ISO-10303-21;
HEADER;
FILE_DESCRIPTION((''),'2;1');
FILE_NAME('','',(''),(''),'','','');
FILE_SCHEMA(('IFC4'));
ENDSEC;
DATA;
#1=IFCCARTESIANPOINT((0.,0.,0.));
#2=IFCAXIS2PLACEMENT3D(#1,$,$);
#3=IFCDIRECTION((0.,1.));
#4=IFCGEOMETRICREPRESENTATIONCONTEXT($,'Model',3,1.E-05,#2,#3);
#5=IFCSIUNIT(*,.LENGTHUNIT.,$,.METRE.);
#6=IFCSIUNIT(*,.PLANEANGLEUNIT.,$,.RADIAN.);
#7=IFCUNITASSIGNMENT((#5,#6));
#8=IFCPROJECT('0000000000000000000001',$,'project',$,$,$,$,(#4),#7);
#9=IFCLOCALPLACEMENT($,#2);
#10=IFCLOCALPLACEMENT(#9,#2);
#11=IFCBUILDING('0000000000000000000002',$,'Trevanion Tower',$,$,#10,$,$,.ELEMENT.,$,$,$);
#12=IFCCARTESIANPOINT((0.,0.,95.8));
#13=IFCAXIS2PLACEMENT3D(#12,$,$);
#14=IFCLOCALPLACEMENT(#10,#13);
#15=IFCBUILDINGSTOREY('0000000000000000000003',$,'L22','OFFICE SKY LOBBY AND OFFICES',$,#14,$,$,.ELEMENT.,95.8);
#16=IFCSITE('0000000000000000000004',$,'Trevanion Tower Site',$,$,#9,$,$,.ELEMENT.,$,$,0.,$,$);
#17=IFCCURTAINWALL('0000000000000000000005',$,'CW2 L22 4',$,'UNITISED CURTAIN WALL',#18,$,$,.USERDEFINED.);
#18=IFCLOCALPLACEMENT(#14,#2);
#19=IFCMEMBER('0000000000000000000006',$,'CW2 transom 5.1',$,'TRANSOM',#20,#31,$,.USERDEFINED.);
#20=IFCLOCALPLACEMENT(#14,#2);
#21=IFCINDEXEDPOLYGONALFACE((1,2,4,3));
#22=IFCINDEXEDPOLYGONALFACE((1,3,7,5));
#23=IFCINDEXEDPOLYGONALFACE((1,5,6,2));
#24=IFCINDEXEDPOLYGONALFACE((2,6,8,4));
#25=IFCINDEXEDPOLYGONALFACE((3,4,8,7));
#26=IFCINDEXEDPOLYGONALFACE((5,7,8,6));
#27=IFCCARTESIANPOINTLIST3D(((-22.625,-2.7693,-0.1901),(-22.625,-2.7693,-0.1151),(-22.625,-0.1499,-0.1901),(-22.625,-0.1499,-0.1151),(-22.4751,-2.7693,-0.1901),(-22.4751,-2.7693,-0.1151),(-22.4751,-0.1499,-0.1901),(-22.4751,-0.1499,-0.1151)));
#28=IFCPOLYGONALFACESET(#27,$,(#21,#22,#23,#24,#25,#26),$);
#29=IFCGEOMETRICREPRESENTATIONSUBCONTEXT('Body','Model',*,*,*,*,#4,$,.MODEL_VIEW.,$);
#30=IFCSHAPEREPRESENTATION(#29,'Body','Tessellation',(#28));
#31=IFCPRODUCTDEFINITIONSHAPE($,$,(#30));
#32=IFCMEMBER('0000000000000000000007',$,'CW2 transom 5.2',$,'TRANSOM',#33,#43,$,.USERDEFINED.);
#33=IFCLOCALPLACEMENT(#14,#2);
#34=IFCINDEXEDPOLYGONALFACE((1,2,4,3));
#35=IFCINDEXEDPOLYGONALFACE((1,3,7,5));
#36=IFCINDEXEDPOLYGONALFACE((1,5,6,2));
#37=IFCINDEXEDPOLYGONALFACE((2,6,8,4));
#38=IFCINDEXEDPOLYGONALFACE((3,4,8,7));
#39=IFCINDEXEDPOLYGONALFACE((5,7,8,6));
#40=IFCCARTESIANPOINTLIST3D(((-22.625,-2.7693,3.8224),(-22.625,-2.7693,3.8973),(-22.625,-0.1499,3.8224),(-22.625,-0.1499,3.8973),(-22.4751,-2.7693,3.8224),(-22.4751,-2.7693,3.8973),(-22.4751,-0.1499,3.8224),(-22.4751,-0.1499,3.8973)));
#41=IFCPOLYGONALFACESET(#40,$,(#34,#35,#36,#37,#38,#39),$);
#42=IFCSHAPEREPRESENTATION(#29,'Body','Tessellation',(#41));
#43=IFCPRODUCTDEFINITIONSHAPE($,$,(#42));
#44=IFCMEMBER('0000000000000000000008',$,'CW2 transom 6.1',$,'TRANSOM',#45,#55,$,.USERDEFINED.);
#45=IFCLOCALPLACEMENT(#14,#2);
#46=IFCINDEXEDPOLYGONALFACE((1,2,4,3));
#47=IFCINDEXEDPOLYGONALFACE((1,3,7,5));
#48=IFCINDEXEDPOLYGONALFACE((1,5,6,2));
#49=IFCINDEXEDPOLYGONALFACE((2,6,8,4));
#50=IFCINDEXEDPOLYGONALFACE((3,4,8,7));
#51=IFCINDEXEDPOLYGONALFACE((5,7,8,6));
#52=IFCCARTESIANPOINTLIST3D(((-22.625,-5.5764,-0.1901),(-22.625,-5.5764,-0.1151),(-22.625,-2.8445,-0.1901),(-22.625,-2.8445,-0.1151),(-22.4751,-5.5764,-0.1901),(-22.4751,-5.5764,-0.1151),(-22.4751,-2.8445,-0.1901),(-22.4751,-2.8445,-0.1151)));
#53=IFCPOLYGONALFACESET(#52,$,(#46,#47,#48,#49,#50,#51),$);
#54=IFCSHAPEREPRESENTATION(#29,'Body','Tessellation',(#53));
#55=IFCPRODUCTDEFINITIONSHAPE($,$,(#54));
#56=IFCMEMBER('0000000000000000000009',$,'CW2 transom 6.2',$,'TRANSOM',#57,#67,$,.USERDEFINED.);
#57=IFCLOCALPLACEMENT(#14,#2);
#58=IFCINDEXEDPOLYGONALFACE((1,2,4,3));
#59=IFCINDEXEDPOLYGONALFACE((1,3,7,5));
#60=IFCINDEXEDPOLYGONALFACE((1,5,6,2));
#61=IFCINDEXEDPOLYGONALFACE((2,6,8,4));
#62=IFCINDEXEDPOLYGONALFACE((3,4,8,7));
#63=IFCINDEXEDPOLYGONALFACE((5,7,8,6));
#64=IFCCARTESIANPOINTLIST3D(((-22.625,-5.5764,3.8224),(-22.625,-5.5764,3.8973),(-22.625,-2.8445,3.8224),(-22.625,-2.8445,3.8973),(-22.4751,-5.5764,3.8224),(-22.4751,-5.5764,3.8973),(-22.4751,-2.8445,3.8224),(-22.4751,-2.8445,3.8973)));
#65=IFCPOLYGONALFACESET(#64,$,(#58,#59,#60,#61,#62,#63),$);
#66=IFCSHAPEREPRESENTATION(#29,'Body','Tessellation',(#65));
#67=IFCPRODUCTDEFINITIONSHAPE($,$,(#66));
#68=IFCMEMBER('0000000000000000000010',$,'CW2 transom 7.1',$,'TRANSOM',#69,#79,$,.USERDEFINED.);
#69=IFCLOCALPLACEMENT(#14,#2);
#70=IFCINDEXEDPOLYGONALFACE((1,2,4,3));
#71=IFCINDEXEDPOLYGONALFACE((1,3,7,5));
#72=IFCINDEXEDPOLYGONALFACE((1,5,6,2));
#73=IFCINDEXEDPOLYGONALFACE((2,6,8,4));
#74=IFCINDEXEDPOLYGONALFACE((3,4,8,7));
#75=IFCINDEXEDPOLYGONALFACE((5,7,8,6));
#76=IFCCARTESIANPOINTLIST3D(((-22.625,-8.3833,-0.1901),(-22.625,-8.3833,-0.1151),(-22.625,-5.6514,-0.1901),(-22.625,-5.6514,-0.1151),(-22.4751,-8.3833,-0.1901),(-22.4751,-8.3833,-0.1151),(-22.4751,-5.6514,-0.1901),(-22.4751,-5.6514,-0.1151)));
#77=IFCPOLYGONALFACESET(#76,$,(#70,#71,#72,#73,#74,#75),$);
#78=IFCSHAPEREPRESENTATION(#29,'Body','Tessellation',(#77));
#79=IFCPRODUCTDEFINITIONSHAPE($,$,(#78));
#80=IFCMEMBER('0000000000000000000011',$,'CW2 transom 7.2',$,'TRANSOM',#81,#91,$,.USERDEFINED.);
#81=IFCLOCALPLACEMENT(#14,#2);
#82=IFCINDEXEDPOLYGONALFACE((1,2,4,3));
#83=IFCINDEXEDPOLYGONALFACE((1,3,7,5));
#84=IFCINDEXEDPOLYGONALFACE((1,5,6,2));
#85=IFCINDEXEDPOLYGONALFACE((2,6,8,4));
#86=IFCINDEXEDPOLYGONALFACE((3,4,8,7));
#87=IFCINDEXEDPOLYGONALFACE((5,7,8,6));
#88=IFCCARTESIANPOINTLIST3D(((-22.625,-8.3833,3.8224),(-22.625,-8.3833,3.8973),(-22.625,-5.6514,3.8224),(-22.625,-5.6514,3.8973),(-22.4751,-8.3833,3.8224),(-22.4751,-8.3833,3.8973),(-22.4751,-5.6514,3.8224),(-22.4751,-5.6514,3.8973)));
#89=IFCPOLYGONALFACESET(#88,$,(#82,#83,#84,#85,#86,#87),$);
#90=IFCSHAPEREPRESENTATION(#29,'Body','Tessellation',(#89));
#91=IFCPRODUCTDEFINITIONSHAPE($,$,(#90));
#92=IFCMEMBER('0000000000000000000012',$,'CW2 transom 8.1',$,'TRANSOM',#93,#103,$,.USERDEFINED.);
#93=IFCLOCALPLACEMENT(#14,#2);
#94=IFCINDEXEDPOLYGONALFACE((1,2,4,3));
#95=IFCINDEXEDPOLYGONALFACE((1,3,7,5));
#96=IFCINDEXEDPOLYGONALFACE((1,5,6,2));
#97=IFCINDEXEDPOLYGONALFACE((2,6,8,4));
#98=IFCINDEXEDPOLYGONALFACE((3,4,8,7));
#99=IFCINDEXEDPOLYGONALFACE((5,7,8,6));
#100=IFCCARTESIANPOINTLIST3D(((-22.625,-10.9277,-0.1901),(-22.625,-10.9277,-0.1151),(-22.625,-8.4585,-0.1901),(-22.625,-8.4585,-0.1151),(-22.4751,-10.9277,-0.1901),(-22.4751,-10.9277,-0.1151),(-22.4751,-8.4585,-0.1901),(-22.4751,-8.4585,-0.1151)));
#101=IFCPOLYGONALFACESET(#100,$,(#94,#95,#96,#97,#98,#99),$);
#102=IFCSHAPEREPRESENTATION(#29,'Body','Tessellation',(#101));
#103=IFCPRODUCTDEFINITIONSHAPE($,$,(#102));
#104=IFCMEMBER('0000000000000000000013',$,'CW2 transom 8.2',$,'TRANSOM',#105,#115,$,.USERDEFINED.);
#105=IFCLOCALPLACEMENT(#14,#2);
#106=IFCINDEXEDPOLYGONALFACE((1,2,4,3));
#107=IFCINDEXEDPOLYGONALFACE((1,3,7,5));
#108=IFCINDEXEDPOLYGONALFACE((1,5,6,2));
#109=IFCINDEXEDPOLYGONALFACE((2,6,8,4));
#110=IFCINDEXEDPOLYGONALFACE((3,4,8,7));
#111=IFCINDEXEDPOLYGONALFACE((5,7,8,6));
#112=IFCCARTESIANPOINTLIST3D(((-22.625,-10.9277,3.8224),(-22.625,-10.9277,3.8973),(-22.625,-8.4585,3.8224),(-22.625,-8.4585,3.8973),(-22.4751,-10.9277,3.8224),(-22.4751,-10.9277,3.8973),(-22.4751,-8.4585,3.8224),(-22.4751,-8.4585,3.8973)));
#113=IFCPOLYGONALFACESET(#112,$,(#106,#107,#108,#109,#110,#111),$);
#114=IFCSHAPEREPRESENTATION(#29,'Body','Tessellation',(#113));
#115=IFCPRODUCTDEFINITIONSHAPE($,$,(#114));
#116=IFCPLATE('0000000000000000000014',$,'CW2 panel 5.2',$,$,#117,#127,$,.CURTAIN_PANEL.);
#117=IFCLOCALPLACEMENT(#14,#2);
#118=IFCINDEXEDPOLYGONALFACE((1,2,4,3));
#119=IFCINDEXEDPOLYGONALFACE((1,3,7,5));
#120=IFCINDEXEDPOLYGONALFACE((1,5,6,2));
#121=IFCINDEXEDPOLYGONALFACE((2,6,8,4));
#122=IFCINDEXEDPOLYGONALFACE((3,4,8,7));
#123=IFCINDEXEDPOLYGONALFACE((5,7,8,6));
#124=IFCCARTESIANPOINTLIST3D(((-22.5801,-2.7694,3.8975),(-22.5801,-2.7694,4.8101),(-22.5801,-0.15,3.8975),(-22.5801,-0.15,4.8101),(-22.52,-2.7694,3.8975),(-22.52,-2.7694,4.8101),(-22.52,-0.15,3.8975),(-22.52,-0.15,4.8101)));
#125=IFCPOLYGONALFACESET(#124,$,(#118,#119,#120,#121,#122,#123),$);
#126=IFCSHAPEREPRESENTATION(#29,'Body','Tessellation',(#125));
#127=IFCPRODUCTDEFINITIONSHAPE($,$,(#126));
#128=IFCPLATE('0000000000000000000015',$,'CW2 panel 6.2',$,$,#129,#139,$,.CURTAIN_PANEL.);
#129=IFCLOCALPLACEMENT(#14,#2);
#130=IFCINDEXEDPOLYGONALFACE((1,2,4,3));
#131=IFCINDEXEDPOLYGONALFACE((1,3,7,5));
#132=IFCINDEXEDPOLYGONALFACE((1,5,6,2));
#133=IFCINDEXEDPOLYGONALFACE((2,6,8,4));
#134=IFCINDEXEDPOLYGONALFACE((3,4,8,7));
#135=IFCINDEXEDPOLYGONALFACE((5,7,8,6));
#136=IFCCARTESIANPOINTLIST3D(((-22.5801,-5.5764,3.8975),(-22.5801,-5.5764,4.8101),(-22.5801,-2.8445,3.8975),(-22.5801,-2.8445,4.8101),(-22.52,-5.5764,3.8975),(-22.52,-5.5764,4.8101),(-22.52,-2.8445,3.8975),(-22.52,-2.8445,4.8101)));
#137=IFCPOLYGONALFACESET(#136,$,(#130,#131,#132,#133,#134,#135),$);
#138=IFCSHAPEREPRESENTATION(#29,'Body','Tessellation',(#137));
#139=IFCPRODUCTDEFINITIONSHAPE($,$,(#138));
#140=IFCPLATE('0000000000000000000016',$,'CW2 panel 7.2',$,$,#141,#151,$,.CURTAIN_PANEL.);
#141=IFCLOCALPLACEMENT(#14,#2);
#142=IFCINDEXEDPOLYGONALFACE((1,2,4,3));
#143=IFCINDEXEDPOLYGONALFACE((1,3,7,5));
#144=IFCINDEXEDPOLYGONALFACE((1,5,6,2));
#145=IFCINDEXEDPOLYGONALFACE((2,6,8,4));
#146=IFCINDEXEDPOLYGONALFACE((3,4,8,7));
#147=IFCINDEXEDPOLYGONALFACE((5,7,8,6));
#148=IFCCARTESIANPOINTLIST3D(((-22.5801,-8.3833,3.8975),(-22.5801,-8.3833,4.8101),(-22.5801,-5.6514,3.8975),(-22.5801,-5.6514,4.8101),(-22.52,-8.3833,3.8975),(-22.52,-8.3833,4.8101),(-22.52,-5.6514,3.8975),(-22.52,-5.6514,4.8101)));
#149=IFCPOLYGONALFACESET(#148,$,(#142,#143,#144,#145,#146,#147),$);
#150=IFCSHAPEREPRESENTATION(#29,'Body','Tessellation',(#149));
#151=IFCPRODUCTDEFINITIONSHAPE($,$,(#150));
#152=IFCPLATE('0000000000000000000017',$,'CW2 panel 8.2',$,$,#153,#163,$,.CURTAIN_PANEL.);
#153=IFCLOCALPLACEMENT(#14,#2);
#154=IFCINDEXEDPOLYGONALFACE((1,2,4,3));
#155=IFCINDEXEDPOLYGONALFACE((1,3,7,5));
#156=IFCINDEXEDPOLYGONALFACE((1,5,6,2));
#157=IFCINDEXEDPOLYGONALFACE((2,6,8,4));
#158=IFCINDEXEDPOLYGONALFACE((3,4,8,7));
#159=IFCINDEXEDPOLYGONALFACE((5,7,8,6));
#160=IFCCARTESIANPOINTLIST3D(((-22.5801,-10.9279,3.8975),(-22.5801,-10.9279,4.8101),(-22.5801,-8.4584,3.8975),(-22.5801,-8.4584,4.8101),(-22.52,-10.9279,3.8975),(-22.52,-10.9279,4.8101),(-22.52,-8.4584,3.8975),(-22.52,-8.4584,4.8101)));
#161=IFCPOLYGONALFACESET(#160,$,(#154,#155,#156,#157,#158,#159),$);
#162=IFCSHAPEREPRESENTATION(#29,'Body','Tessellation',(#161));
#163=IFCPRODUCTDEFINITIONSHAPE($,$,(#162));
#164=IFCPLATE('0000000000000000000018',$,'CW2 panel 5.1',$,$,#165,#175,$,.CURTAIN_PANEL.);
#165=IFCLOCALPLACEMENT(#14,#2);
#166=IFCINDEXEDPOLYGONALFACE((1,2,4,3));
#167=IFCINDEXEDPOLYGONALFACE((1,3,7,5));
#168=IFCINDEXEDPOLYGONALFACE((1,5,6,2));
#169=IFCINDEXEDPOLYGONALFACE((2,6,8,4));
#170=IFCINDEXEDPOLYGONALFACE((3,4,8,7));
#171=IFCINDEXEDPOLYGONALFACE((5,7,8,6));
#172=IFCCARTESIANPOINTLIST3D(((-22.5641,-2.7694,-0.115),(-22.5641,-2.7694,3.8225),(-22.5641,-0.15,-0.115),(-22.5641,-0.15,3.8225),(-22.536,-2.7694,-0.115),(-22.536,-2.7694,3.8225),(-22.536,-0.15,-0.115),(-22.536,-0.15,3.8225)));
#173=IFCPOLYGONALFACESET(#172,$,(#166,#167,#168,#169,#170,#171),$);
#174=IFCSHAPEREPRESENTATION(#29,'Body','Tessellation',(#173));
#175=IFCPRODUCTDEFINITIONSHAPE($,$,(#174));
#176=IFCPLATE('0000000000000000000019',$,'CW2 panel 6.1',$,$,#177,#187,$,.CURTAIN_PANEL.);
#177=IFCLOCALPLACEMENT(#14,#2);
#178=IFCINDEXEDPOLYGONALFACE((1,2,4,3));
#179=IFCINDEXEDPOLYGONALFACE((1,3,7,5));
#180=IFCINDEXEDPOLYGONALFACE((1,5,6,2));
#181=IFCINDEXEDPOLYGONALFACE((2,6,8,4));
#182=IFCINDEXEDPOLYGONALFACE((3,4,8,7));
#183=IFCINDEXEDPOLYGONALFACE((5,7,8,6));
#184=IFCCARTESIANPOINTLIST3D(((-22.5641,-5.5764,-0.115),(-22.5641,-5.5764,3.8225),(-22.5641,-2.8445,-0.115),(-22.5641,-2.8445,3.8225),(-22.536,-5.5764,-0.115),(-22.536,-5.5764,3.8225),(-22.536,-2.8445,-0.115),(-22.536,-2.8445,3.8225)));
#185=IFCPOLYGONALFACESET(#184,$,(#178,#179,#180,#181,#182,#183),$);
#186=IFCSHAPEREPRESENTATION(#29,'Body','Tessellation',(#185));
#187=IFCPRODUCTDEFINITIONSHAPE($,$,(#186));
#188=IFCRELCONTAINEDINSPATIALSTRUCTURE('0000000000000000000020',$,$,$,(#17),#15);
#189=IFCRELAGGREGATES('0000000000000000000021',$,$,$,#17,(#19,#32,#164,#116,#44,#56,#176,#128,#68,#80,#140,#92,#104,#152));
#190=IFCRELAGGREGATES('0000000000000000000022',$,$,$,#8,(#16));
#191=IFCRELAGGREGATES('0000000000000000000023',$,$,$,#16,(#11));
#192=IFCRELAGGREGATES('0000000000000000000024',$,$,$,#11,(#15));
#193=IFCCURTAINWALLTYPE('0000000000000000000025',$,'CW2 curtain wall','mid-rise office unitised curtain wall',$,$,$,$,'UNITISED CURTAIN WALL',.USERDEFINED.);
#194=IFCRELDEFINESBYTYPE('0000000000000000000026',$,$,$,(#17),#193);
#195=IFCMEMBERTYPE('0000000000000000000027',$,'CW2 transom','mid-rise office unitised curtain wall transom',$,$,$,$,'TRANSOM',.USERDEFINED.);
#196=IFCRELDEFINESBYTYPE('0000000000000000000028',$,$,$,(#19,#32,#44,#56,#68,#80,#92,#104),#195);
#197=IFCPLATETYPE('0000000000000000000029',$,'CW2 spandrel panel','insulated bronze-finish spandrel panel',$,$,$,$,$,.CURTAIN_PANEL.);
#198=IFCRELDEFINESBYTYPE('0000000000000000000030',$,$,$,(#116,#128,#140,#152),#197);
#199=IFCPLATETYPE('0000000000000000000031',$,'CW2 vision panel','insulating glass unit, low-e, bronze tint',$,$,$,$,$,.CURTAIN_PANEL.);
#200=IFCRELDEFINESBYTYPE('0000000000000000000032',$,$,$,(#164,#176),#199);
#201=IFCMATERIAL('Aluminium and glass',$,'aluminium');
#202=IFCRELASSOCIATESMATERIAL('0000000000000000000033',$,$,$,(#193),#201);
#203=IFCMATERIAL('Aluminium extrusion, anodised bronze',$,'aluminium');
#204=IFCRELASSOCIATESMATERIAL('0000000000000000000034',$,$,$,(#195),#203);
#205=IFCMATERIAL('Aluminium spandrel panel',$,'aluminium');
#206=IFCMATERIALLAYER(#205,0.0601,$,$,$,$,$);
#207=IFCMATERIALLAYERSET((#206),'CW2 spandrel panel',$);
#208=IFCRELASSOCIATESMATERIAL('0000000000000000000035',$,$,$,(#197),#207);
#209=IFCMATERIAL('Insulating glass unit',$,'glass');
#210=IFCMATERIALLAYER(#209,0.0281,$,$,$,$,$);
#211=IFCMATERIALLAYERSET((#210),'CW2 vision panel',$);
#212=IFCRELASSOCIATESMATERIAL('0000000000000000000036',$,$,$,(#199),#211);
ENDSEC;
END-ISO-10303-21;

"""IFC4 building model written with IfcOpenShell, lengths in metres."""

from ifc_helpers import new_model, si_unit, direction, frame, origin, origin_2d, place, context, subcontext, project, spatial, rectangle, extrude, material, layer, layer_set, material_profile, profile_set, type_object, element, aggregate, save


model = new_model("IFC4")

# Units and contexts
model_context = context("Model", 3, precision=1e-05, world=origin(), true_north=direction((0.0, 1.0)))
body_context = subcontext(model_context, "Body", "Model", "MODEL_VIEW")
ifc_project = project(units=[si_unit("LENGTHUNIT", "METRE"), si_unit("PLANEANGLEUNIT", "RADIAN")], contexts=[model_context])

# Site, building, storey
site_placement = place(None, origin())
site = spatial("IfcSite", under=ifc_project, at=site_placement, Name="Trevanion Tower Site", CompositionType="ELEMENT", RefElevation=0.0)
building_placement = place(site_placement, origin())
building = spatial("IfcBuilding", under=site, at=building_placement, Name="Trevanion Tower", CompositionType="ELEMENT")
storey_placement = place(building_placement, frame((0.0, 0.0, 95.8)))
storey = spatial("IfcBuildingStorey", under=building, at=storey_placement, Name="L22", Description="OFFICE SKY LOBBY AND OFFICES", CompositionType="ELEMENT", Elevation=95.8)

# Curtain wall, members, plates
ifc_material_1 = material(Name="Aluminium and glass", Category="aluminium")
curtain_wall_type = type_object("IfcCurtainWallType", Name="CW2 curtain wall", Description="mid-rise office unitised curtain wall", ElementType="UNITISED CURTAIN WALL", PredefinedType="USERDEFINED", material=ifc_material_1)
curtain_wall_placement = place(storey_placement, origin())
curtain_wall = element("IfcCurtainWall", 1, at=curtain_wall_placement, inside=storey, type_object=curtain_wall_type, Name="CW2 L22 4", ObjectType="UNITISED CURTAIN WALL", PredefinedType="USERDEFINED")
ifc_material_2 = material(Name="Aluminium extrusion, anodised bronze", Category="aluminium")
ifc_material_profile_1 = material_profile(ifc_material_2, rectangle(XDim=0.1499, YDim=0.075, at=origin_2d()), Name="CW2 transom")
ifc_profile_set_1 = profile_set([ifc_material_profile_1], Name="Aluminium extrusion, anodised bronze")
member_type_1 = type_object("IfcMemberType", Name="CW2 transom", Description="mid-rise office unitised curtain wall transom", ElementType="TRANSOM", PredefinedType="USERDEFINED", material=ifc_profile_set_1)
member_1_placement = place(storey_placement, frame((-22.55, -0.1499, -0.1526), z_axis=(0.0, -1.0, 0.0), x_axis=(1.0, 0.0, 0.0)))
member_1 = element("IfcMember", 2, at=member_1_placement, type_object=member_type_1, Name="CW2 transom 5.1", ObjectType="TRANSOM", PredefinedType="USERDEFINED", context=body_context, shape_type="SweptSolid", body=[
    extrude(rectangle(XDim=0.1499, YDim=0.075, at=origin_2d()), origin(), (0.0, 0.0, 1.0), 2.6194),
])
member_2_placement = place(storey_placement, frame((-22.55, -0.1499, 3.8599), z_axis=(0.0, -1.0, 0.0), x_axis=(1.0, 0.0, 0.0)))
member_2 = element("IfcMember", 3, at=member_2_placement, type_object=member_type_1, Name="CW2 transom 5.2", ObjectType="TRANSOM", PredefinedType="USERDEFINED", context=body_context, shape_type="SweptSolid", body=[
    extrude(rectangle(XDim=0.1499, YDim=0.075, at=origin_2d()), origin(), (0.0, 0.0, 1.0), 2.6194),
])
member_3_placement = place(storey_placement, frame((-22.55, -2.8445, -0.1526), z_axis=(0.0, -1.0, 0.0), x_axis=(1.0, 0.0, 0.0)))
member_3 = element("IfcMember", 4, at=member_3_placement, type_object=member_type_1, Name="CW2 transom 6.1", ObjectType="TRANSOM", PredefinedType="USERDEFINED", context=body_context, shape_type="SweptSolid", body=[
    extrude(rectangle(XDim=0.1499, YDim=0.075, at=origin_2d()), origin(), (0.0, 0.0, 1.0), 2.7319),
])
member_4_placement = place(storey_placement, frame((-22.55, -2.8445, 3.8599), z_axis=(0.0, -1.0, 0.0), x_axis=(1.0, 0.0, 0.0)))
member_4 = element("IfcMember", 5, at=member_4_placement, type_object=member_type_1, Name="CW2 transom 6.2", ObjectType="TRANSOM", PredefinedType="USERDEFINED", context=body_context, shape_type="SweptSolid", body=[
    extrude(rectangle(XDim=0.1499, YDim=0.075, at=origin_2d()), origin(), (0.0, 0.0, 1.0), 2.7319),
])
member_5_placement = place(storey_placement, frame((-22.55, -5.6514, -0.1526), z_axis=(0.0, -1.0, 0.0), x_axis=(1.0, 0.0, 0.0)))
member_5 = element("IfcMember", 6, at=member_5_placement, type_object=member_type_1, Name="CW2 transom 7.1", ObjectType="TRANSOM", PredefinedType="USERDEFINED", context=body_context, shape_type="SweptSolid", body=[
    extrude(rectangle(XDim=0.1499, YDim=0.075, at=origin_2d()), origin(), (0.0, 0.0, 1.0), 2.7319),
])
member_6_placement = place(storey_placement, frame((-22.55, -5.6514, 3.8599), z_axis=(0.0, -1.0, 0.0), x_axis=(1.0, 0.0, 0.0)))
member_6 = element("IfcMember", 7, at=member_6_placement, type_object=member_type_1, Name="CW2 transom 7.2", ObjectType="TRANSOM", PredefinedType="USERDEFINED", context=body_context, shape_type="SweptSolid", body=[
    extrude(rectangle(XDim=0.1499, YDim=0.075, at=origin_2d()), origin(), (0.0, 0.0, 1.0), 2.7319),
])
member_7_placement = place(storey_placement, frame((-22.55, -8.4585, -0.1526), z_axis=(0.0, -1.0, 0.0), x_axis=(1.0, 0.0, 0.0)))
member_7 = element("IfcMember", 8, at=member_7_placement, type_object=member_type_1, Name="CW2 transom 8.1", ObjectType="TRANSOM", PredefinedType="USERDEFINED", context=body_context, shape_type="SweptSolid", body=[
    extrude(rectangle(XDim=0.1499, YDim=0.075, at=origin_2d()), origin(), (0.0, 0.0, 1.0), 2.4692),
])
member_8_placement = place(storey_placement, frame((-22.55, -8.4585, 3.8599), z_axis=(0.0, -1.0, 0.0), x_axis=(1.0, 0.0, 0.0)))
member_8 = element("IfcMember", 9, at=member_8_placement, type_object=member_type_1, Name="CW2 transom 8.2", ObjectType="TRANSOM", PredefinedType="USERDEFINED", context=body_context, shape_type="SweptSolid", body=[
    extrude(rectangle(XDim=0.1499, YDim=0.075, at=origin_2d()), origin(), (0.0, 0.0, 1.0), 2.4692),
])
ifc_material_3 = material(Name="Aluminium spandrel panel", Category="aluminium")
ifc_layer_1 = layer(ifc_material_3, 0.0601)
ifc_layer_set_1 = layer_set([ifc_layer_1], Name="CW2 spandrel panel")
plate_type_1 = type_object("IfcPlateType", Name="CW2 spandrel panel", Description="insulated bronze-finish spandrel panel", PredefinedType="CURTAIN_PANEL", material=ifc_layer_set_1)
plate_1_placement = place(storey_placement, frame((-22.55, -1.4597, 3.8975), z_axis=(0.0, 0.0, 1.0), x_axis=(0.0, -1.0, 0.0)))
plate_1 = element("IfcPlate", 10, at=plate_1_placement, type_object=plate_type_1, Name="CW2 panel 5.2", PredefinedType="CURTAIN_PANEL", context=body_context, shape_type="SweptSolid", body=[
    extrude(rectangle(XDim=2.6194, YDim=0.0601, at=origin_2d()), origin(), (0.0, 0.0, 1.0), 0.9126),
])
plate_2_placement = place(storey_placement, frame((-22.55, -4.2104, 3.8975), z_axis=(0.0, 0.0, 1.0), x_axis=(0.0, -1.0, 0.0)))
plate_2 = element("IfcPlate", 11, at=plate_2_placement, type_object=plate_type_1, Name="CW2 panel 6.2", PredefinedType="CURTAIN_PANEL", context=body_context, shape_type="SweptSolid", body=[
    extrude(rectangle(XDim=2.7319, YDim=0.0601, at=origin_2d()), origin(), (0.0, 0.0, 1.0), 0.9126),
])
plate_3_placement = place(storey_placement, frame((-22.55, -7.0173, 3.8975), z_axis=(0.0, 0.0, 1.0), x_axis=(0.0, -1.0, 0.0)))
plate_3 = element("IfcPlate", 12, at=plate_3_placement, type_object=plate_type_1, Name="CW2 panel 7.2", PredefinedType="CURTAIN_PANEL", context=body_context, shape_type="SweptSolid", body=[
    extrude(rectangle(XDim=2.7319, YDim=0.0601, at=origin_2d()), origin(), (0.0, 0.0, 1.0), 0.9126),
])
plate_4_placement = place(storey_placement, frame((-22.55, -9.6931, 3.8975), z_axis=(0.0, 0.0, 1.0), x_axis=(0.0, -1.0, 0.0)))
plate_4 = element("IfcPlate", 13, at=plate_4_placement, type_object=plate_type_1, Name="CW2 panel 8.2", PredefinedType="CURTAIN_PANEL", context=body_context, shape_type="SweptSolid", body=[
    extrude(rectangle(XDim=2.4695, YDim=0.0601, at=origin_2d()), origin(), (0.0, 0.0, 1.0), 0.9126),
])
ifc_material_4 = material(Name="Insulating glass unit", Category="glass")
ifc_layer_2 = layer(ifc_material_4, 0.0281)
ifc_layer_set_2 = layer_set([ifc_layer_2], Name="CW2 vision panel")
plate_type_2 = type_object("IfcPlateType", Name="CW2 vision panel", Description="insulating glass unit, low-e, bronze tint", PredefinedType="CURTAIN_PANEL", material=ifc_layer_set_2)
plate_5_placement = place(storey_placement, frame((-22.55, -1.4597, -0.115), z_axis=(0.0, 0.0, 1.0), x_axis=(0.0, -1.0, 0.0)))
plate_5 = element("IfcPlate", 14, at=plate_5_placement, type_object=plate_type_2, Name="CW2 panel 5.1", PredefinedType="CURTAIN_PANEL", context=body_context, shape_type="SweptSolid", body=[
    extrude(rectangle(XDim=2.6194, YDim=0.0281, at=origin_2d()), origin(), (0.0, 0.0, 1.0), 3.9375),
])
plate_6_placement = place(storey_placement, frame((-22.55, -4.2104, -0.115), z_axis=(0.0, 0.0, 1.0), x_axis=(0.0, -1.0, 0.0)))
plate_6 = element("IfcPlate", 15, at=plate_6_placement, type_object=plate_type_2, Name="CW2 panel 6.1", PredefinedType="CURTAIN_PANEL", context=body_context, shape_type="SweptSolid", body=[
    extrude(rectangle(XDim=2.7319, YDim=0.0281, at=origin_2d()), origin(), (0.0, 0.0, 1.0), 3.9375),
])
aggregate(curtain_wall, [member_1, member_2, plate_5, plate_1, member_3, member_4, plate_6, plate_2, member_5, member_6, plate_3, member_7, member_8, plate_4])

save(model, "model.ifc")
